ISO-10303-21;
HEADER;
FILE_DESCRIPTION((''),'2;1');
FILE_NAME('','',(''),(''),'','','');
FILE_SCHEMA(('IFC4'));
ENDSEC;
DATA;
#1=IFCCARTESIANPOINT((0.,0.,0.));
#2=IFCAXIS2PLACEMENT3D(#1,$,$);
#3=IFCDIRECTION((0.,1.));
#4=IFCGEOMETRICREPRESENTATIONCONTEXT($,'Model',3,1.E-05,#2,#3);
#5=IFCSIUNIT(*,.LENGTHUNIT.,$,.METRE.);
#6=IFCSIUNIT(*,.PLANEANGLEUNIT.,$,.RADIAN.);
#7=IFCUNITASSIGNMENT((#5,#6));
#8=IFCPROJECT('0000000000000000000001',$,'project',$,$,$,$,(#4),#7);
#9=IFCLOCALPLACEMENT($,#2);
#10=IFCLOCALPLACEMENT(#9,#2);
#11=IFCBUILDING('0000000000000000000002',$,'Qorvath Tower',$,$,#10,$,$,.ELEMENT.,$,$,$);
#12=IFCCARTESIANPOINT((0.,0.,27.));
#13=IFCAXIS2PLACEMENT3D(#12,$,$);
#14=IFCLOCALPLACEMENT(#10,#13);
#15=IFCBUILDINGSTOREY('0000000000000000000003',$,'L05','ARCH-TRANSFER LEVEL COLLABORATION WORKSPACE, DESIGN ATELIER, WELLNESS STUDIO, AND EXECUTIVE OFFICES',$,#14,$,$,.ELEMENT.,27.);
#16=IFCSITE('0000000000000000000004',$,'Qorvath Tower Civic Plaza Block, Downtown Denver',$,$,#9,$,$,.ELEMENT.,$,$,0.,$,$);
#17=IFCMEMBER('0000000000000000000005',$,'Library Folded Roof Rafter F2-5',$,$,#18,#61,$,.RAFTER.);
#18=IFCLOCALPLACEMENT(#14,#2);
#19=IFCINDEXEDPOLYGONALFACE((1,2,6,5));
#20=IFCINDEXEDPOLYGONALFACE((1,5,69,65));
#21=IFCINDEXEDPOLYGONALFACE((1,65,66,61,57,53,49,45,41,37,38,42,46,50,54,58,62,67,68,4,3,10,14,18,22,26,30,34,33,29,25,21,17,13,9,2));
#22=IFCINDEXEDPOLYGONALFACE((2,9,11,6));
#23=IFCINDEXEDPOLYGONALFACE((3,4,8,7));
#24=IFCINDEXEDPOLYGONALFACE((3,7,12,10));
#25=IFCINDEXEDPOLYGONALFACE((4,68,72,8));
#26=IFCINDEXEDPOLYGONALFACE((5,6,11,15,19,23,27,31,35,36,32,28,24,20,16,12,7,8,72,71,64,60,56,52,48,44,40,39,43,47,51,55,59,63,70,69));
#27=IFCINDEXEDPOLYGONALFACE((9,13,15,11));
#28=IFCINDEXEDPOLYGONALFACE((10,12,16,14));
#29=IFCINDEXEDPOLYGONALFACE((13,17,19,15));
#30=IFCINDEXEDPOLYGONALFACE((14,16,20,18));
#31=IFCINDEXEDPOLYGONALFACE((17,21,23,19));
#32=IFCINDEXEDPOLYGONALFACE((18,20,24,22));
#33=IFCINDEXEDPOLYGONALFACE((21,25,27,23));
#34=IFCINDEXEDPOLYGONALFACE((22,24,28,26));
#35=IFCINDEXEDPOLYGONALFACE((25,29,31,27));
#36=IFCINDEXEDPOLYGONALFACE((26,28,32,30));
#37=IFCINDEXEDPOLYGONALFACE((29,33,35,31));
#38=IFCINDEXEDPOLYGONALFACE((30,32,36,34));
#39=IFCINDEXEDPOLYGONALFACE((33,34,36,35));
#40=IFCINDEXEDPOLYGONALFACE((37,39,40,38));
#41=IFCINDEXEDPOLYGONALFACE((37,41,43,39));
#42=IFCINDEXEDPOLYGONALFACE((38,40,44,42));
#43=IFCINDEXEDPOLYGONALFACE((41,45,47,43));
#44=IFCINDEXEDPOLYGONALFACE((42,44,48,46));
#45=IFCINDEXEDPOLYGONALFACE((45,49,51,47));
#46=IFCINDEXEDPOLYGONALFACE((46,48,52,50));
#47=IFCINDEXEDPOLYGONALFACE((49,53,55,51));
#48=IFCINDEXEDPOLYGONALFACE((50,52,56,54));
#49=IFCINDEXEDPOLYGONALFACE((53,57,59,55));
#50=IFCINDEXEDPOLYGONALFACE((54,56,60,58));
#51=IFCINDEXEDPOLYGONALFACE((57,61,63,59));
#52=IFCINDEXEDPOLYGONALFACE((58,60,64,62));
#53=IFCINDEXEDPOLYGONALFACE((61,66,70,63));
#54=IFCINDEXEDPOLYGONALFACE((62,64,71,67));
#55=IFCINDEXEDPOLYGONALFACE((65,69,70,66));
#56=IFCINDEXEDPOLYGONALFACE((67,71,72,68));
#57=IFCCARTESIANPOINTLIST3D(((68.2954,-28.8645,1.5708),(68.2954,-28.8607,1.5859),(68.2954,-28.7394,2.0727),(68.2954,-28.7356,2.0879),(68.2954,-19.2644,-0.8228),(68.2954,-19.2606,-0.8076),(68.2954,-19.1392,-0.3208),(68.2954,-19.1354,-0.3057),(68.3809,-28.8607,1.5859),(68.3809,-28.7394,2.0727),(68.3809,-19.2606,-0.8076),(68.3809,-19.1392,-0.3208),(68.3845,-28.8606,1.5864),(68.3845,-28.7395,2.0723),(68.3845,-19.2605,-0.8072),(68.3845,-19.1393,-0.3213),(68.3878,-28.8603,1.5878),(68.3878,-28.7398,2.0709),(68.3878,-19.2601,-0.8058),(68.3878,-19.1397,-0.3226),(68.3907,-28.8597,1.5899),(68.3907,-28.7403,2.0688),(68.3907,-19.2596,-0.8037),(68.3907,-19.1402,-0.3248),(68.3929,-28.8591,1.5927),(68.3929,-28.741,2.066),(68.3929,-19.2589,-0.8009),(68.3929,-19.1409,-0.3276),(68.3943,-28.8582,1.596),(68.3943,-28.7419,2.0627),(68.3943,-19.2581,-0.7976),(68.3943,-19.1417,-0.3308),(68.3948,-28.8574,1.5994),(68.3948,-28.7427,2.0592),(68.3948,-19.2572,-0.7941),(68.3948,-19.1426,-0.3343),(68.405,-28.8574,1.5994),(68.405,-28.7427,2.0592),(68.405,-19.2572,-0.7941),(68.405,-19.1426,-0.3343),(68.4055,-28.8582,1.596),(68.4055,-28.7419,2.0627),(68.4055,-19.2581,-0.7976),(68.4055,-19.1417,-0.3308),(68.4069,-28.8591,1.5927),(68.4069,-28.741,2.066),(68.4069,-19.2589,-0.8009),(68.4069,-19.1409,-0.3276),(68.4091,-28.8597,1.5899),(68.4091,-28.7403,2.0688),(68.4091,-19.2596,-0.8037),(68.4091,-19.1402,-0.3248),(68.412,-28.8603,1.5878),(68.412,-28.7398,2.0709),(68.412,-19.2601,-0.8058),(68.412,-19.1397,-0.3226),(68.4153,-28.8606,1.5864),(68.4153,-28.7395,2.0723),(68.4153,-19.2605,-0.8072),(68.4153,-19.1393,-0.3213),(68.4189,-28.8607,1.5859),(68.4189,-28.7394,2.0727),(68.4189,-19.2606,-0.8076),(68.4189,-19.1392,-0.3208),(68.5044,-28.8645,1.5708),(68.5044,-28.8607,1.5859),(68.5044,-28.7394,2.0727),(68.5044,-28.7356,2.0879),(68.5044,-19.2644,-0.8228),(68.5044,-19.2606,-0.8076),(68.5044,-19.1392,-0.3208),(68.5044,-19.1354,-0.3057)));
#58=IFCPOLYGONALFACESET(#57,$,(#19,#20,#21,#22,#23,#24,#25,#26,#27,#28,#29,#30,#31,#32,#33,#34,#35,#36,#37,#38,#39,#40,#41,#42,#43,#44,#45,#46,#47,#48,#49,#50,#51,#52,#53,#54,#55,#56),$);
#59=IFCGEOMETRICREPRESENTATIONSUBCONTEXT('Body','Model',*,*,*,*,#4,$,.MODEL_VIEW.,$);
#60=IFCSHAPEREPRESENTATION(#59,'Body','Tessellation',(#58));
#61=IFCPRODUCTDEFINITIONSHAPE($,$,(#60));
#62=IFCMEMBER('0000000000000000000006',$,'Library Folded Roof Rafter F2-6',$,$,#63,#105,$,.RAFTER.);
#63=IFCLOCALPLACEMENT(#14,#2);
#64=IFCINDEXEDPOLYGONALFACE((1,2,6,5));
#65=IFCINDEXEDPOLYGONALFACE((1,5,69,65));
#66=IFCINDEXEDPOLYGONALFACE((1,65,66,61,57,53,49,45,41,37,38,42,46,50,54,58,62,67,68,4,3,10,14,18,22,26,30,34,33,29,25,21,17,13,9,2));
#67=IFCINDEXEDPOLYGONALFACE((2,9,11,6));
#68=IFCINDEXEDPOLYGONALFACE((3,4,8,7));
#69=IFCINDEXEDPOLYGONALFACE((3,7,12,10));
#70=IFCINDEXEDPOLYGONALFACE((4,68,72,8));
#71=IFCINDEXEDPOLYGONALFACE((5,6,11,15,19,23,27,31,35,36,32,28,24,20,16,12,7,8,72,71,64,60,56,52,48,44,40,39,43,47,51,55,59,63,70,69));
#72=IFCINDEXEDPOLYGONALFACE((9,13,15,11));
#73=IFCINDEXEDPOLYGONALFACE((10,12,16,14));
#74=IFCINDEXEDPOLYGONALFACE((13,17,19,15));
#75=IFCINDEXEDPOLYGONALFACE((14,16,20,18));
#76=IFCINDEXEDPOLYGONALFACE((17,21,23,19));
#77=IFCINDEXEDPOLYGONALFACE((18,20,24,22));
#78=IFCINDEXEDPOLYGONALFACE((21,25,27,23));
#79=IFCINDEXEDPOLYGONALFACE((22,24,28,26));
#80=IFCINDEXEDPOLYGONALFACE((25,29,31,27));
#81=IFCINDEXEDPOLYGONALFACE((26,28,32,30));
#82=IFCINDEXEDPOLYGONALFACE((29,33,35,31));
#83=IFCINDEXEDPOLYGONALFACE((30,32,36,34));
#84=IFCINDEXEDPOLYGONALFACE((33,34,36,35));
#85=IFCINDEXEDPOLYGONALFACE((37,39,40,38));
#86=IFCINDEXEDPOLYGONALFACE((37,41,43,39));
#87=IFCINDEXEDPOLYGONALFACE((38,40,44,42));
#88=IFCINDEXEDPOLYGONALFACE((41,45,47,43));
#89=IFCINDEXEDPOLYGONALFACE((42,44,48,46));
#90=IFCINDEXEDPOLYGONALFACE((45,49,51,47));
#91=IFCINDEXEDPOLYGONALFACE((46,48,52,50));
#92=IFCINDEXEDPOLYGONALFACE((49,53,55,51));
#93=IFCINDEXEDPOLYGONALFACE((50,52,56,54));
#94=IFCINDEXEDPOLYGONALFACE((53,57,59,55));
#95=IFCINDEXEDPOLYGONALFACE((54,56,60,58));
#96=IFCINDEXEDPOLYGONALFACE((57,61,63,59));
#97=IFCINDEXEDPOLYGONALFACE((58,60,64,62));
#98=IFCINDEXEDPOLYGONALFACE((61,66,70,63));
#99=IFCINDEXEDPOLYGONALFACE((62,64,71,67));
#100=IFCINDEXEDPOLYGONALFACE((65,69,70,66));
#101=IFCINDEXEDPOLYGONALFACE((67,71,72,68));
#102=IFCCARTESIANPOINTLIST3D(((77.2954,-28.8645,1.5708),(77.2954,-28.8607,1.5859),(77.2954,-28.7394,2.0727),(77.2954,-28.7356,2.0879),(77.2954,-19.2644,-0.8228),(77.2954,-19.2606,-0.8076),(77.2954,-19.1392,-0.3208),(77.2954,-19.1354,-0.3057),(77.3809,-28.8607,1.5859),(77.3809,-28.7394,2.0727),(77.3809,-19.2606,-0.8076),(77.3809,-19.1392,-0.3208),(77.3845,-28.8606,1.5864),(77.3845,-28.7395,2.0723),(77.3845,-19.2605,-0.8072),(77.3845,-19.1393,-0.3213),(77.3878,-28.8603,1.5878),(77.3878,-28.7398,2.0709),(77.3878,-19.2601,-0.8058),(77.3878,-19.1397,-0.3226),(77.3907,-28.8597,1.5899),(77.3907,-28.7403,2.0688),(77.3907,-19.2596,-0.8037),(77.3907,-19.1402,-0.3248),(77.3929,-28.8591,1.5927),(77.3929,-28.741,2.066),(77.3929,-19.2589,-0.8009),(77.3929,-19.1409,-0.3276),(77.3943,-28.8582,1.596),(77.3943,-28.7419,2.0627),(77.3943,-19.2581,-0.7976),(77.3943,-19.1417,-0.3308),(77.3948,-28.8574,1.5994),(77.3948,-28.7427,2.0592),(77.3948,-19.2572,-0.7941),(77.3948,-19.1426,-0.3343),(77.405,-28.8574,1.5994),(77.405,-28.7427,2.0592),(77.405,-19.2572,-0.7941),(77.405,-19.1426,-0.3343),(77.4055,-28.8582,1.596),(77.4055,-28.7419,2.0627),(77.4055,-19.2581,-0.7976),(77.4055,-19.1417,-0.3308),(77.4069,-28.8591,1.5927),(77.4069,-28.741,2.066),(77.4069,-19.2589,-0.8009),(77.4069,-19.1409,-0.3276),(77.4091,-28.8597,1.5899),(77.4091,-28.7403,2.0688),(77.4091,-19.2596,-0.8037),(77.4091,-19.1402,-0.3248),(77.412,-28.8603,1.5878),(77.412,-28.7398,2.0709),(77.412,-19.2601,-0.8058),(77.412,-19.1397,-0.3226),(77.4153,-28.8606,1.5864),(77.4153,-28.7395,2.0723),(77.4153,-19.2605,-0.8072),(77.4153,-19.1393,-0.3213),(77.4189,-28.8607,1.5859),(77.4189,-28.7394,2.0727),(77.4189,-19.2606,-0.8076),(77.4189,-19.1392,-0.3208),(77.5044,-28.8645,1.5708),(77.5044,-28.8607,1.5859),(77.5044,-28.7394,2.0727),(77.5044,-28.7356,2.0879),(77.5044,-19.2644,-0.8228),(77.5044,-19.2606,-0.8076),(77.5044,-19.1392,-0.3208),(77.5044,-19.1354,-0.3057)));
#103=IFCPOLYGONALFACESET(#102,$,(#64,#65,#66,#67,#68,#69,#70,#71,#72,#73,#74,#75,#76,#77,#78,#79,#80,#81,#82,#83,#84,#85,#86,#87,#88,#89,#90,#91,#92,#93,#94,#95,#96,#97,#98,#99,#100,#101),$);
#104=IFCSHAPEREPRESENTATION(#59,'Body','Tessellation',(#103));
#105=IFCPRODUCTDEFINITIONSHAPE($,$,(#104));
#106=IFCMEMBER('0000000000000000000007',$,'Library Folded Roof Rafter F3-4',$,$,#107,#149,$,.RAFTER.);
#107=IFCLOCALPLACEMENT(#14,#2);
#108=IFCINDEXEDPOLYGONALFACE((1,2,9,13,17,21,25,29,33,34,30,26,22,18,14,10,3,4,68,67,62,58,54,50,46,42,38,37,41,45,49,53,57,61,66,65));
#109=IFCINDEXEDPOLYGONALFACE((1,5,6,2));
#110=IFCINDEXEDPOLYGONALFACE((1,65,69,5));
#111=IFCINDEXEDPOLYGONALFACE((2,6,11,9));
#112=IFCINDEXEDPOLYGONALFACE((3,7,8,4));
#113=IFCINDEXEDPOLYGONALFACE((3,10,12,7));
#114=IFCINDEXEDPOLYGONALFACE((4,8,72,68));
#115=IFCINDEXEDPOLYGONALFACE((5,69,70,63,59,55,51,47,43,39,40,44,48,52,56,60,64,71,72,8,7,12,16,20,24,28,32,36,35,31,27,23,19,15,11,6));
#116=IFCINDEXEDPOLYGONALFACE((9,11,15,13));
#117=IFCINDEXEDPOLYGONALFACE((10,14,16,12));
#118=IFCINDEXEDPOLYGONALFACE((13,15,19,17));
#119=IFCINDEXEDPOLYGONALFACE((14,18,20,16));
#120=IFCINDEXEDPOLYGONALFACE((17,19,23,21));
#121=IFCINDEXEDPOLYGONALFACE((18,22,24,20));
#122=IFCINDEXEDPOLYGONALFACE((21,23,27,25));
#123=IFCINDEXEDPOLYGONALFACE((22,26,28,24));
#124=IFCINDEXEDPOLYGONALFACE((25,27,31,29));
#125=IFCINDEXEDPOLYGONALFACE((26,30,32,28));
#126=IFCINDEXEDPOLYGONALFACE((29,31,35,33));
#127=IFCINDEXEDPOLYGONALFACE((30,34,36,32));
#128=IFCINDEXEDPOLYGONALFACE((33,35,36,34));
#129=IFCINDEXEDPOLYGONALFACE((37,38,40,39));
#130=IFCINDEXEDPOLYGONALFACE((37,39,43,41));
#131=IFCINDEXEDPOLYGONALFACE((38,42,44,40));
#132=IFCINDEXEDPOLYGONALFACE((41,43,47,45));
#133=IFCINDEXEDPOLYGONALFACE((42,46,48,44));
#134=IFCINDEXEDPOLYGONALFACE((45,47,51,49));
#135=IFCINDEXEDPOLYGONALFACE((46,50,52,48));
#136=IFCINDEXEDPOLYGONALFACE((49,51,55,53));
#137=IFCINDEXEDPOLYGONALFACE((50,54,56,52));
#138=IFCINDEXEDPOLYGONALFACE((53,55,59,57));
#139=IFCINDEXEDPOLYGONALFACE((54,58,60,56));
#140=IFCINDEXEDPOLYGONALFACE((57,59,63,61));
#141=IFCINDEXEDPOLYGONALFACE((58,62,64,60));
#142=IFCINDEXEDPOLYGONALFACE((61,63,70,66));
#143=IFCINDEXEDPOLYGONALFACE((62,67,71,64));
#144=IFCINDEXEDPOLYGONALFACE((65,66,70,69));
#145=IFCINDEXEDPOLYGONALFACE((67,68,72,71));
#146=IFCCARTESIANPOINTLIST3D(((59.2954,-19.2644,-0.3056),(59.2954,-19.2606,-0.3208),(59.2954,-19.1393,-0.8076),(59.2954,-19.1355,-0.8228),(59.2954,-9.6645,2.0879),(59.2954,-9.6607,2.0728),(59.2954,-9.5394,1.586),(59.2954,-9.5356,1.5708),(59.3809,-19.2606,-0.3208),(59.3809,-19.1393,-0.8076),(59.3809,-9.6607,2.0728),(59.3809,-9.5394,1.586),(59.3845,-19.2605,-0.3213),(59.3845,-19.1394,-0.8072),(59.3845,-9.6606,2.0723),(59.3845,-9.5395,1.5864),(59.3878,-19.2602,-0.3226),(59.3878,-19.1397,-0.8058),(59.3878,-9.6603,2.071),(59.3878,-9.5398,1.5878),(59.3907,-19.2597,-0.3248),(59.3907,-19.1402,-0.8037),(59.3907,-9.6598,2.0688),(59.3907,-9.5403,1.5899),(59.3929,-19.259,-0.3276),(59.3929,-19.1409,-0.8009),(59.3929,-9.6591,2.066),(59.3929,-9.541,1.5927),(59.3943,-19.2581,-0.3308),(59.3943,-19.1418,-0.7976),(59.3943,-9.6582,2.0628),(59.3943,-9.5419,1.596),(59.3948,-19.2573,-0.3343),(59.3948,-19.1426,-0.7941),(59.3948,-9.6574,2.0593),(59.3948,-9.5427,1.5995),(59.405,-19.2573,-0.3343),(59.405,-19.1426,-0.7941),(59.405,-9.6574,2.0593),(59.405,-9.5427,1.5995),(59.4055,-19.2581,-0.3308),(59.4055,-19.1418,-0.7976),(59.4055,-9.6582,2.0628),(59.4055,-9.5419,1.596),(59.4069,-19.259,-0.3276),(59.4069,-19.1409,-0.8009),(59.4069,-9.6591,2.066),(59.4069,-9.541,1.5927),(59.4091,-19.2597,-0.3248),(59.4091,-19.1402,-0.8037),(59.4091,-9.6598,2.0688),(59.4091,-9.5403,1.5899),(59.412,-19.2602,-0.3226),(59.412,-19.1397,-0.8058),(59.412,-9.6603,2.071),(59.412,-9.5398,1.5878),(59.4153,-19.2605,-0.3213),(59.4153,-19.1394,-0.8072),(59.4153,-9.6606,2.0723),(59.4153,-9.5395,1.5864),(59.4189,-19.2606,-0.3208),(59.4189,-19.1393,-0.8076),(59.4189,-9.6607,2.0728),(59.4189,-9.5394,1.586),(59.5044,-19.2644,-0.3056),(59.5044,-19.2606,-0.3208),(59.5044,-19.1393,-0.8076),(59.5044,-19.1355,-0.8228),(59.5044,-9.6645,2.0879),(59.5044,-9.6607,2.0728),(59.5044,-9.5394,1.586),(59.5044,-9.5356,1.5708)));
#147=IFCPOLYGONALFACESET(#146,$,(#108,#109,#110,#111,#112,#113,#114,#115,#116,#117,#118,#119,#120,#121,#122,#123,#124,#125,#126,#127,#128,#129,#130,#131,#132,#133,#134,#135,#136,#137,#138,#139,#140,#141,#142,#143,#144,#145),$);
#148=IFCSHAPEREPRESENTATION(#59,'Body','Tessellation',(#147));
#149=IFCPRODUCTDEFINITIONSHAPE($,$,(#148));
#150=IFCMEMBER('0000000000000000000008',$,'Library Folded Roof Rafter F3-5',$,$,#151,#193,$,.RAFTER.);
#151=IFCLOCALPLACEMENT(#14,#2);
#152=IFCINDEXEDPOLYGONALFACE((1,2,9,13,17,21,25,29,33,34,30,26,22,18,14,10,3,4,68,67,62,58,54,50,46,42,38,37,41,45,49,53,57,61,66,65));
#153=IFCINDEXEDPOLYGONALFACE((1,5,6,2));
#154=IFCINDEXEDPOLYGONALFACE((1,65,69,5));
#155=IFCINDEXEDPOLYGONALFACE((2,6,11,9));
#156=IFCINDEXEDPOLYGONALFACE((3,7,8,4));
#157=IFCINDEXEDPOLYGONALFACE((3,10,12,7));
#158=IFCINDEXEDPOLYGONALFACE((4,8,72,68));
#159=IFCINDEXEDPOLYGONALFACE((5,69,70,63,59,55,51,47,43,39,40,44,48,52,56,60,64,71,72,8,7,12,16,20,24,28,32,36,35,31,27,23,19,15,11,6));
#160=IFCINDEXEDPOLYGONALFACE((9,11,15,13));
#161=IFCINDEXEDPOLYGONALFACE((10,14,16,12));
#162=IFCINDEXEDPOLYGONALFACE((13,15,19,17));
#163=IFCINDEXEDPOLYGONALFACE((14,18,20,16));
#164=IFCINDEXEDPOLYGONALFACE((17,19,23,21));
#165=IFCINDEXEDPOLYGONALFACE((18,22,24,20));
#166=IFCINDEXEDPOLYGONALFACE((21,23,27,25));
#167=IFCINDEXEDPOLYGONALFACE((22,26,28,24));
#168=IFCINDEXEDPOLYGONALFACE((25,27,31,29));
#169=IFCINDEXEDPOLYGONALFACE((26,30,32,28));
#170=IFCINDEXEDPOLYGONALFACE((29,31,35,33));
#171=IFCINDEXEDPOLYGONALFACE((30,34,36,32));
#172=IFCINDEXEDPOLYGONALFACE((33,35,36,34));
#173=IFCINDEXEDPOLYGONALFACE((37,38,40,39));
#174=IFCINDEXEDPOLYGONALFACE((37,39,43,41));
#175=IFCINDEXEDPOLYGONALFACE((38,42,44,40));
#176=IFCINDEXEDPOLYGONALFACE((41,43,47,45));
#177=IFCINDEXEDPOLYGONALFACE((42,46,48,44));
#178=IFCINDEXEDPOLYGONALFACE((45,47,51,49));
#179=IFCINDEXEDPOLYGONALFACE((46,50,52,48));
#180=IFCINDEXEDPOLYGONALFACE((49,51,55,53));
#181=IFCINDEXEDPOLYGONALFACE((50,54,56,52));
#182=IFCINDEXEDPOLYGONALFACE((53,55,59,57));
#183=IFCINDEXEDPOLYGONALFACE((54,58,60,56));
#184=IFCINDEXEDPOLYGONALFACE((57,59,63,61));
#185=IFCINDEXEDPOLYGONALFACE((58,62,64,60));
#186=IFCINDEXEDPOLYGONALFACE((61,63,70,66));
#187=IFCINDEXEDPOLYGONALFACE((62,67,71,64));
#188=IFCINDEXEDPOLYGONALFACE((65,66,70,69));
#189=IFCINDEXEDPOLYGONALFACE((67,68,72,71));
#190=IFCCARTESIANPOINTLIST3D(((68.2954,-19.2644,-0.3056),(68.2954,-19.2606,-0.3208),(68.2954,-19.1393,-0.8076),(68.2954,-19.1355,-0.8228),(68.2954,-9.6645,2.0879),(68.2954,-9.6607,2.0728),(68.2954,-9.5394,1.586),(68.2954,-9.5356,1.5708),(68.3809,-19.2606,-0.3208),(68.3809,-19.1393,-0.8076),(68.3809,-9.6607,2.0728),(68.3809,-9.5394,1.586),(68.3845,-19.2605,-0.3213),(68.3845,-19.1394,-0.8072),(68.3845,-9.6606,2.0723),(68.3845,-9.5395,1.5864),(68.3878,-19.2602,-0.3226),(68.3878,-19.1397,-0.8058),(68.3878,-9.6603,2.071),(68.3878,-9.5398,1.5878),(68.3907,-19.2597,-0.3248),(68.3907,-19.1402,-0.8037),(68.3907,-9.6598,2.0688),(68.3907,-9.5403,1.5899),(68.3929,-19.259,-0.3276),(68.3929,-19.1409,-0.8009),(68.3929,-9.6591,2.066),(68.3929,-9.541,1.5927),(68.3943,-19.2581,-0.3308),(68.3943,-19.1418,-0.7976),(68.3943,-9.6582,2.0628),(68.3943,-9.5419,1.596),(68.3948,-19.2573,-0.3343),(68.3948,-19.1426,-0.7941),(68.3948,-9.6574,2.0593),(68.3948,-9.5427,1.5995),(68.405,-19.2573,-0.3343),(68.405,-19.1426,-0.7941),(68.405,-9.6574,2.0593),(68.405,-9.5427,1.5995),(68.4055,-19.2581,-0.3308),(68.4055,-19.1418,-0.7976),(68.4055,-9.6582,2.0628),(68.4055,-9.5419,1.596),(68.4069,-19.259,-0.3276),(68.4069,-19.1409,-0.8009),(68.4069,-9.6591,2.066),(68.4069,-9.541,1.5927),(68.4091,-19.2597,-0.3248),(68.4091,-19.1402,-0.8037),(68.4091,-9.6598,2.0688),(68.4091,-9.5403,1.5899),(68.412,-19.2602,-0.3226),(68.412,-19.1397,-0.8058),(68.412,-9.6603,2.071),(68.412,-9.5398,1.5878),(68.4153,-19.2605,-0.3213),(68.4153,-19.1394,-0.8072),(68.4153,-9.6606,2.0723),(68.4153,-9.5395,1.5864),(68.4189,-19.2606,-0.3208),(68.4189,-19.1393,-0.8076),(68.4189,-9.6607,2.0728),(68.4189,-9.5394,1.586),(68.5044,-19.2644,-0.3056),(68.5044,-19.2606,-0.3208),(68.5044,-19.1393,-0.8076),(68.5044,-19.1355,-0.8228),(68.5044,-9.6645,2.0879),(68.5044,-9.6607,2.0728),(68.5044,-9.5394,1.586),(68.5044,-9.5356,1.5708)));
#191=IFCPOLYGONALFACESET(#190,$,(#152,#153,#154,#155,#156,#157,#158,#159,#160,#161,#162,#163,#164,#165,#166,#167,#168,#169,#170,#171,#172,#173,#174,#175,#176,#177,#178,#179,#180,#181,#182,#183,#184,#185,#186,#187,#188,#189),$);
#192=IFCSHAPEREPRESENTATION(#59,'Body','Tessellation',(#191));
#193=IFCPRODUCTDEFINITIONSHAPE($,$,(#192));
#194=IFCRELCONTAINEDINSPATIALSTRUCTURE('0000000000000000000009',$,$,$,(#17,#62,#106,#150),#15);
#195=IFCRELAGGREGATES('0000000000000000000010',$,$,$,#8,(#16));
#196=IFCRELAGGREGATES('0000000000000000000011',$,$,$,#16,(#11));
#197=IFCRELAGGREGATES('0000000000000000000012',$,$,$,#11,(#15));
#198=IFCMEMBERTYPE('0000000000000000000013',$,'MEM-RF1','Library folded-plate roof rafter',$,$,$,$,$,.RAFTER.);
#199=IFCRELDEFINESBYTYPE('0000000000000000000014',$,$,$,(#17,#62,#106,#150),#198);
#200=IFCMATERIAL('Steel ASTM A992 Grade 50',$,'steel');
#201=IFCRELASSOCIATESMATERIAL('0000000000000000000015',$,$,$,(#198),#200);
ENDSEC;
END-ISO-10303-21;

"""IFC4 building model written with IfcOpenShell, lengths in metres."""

from ifc_helpers import new_model, si_unit, direction, frame, origin, origin_2d, place, context, subcontext, project, spatial, i_section, extrude, material, material_profile, profile_set, type_object, element, save


model = new_model("IFC4")

# Units and contexts
model_context = context("Model", 3, precision=1e-05, world=origin(), true_north=direction((0.0, 1.0)))
body_context = subcontext(model_context, "Body", "Model", "MODEL_VIEW")
ifc_project = project(units=[si_unit("LENGTHUNIT", "METRE"), si_unit("PLANEANGLEUNIT", "RADIAN")], contexts=[model_context])

# Site, building, storey
site_placement = place(None, origin())
site = spatial("IfcSite", under=ifc_project, at=site_placement, Name="Qorvath Tower Civic Plaza Block, Downtown Denver", CompositionType="ELEMENT", RefElevation=0.0)
building_placement = place(site_placement, origin())
building = spatial("IfcBuilding", under=site, at=building_placement, Name="Qorvath Tower", CompositionType="ELEMENT")
storey_placement = place(building_placement, frame((0.0, 0.0, 27.0)))
storey = spatial("IfcBuildingStorey", under=building, at=storey_placement, Name="L05", Description="ARCH-TRANSFER LEVEL COLLABORATION WORKSPACE, DESIGN ATELIER, WELLNESS STUDIO, AND EXECUTIVE OFFICES", CompositionType="ELEMENT", Elevation=27.0)

# Members
ifc_material_1 = material(Name="Steel ASTM A992 Grade 50", Category="steel")
ifc_material_profile_1 = material_profile(ifc_material_1, i_section(OverallWidth=0.209, OverallDepth=0.533, WebThickness=0.0103, FlangeThickness=0.0156, FilletRadius=0.0139, at=origin_2d()), Name="W21x62")
ifc_profile_set_1 = profile_set([ifc_material_profile_1], Name="Steel ASTM A992 Grade 50")
member_type_1 = type_object("IfcMemberType", Name="MEM-RF1", Description="Library folded-plate roof rafter", PredefinedType="RAFTER", material=ifc_profile_set_1)
for number, where, z_axis, x_axis, name in (
    (1, (68.3999, -28.8, 1.8293), (0.0, 0.970296, -0.24192), (-1.0, 0.0, 0.0), "Library Folded Roof Rafter F2-5"),
    (2, (77.3999, -28.8, 1.8293), (0.0, 0.970296, -0.24192), (-1.0, 0.0, 0.0), "Library Folded Roof Rafter F2-6"),
):
    element("IfcMember", number, at=place(storey_placement, frame(where, z_axis=z_axis, x_axis=x_axis)), inside=storey, type_object=member_type_1, Name=name, PredefinedType="RAFTER", context=body_context, shape_type="SweptSolid", body=[
        extrude(i_section(OverallWidth=0.209, OverallDepth=0.533, WebThickness=0.0103, FlangeThickness=0.0156, FilletRadius=0.0139, at=origin_2d()), origin(), (0.0, 0.0, 1.0), 9.894),
    ])
for number, where, z_axis, x_axis, name in (
    (3, (59.3999, -19.2, -0.5642), (0.0, 0.970295, 0.241926), (-1.0, 0.0, 0.0), "Library Folded Roof Rafter F3-4"),
    (4, (68.3999, -19.2, -0.5642), (0.0, 0.970295, 0.241926), (-1.0, 0.0, 0.0), "Library Folded Roof Rafter F3-5"),
):
    element("IfcMember", number, at=place(storey_placement, frame(where, z_axis=z_axis, x_axis=x_axis)), inside=storey, type_object=member_type_1, Name=name, PredefinedType="RAFTER", context=body_context, shape_type="SweptSolid", body=[
        extrude(i_section(OverallWidth=0.209, OverallDepth=0.533, WebThickness=0.0103, FlangeThickness=0.0156, FilletRadius=0.0139, at=origin_2d()), origin(), (0.0, 0.0, 1.0), 9.8938),
    ])

save(model, "model.ifc")
